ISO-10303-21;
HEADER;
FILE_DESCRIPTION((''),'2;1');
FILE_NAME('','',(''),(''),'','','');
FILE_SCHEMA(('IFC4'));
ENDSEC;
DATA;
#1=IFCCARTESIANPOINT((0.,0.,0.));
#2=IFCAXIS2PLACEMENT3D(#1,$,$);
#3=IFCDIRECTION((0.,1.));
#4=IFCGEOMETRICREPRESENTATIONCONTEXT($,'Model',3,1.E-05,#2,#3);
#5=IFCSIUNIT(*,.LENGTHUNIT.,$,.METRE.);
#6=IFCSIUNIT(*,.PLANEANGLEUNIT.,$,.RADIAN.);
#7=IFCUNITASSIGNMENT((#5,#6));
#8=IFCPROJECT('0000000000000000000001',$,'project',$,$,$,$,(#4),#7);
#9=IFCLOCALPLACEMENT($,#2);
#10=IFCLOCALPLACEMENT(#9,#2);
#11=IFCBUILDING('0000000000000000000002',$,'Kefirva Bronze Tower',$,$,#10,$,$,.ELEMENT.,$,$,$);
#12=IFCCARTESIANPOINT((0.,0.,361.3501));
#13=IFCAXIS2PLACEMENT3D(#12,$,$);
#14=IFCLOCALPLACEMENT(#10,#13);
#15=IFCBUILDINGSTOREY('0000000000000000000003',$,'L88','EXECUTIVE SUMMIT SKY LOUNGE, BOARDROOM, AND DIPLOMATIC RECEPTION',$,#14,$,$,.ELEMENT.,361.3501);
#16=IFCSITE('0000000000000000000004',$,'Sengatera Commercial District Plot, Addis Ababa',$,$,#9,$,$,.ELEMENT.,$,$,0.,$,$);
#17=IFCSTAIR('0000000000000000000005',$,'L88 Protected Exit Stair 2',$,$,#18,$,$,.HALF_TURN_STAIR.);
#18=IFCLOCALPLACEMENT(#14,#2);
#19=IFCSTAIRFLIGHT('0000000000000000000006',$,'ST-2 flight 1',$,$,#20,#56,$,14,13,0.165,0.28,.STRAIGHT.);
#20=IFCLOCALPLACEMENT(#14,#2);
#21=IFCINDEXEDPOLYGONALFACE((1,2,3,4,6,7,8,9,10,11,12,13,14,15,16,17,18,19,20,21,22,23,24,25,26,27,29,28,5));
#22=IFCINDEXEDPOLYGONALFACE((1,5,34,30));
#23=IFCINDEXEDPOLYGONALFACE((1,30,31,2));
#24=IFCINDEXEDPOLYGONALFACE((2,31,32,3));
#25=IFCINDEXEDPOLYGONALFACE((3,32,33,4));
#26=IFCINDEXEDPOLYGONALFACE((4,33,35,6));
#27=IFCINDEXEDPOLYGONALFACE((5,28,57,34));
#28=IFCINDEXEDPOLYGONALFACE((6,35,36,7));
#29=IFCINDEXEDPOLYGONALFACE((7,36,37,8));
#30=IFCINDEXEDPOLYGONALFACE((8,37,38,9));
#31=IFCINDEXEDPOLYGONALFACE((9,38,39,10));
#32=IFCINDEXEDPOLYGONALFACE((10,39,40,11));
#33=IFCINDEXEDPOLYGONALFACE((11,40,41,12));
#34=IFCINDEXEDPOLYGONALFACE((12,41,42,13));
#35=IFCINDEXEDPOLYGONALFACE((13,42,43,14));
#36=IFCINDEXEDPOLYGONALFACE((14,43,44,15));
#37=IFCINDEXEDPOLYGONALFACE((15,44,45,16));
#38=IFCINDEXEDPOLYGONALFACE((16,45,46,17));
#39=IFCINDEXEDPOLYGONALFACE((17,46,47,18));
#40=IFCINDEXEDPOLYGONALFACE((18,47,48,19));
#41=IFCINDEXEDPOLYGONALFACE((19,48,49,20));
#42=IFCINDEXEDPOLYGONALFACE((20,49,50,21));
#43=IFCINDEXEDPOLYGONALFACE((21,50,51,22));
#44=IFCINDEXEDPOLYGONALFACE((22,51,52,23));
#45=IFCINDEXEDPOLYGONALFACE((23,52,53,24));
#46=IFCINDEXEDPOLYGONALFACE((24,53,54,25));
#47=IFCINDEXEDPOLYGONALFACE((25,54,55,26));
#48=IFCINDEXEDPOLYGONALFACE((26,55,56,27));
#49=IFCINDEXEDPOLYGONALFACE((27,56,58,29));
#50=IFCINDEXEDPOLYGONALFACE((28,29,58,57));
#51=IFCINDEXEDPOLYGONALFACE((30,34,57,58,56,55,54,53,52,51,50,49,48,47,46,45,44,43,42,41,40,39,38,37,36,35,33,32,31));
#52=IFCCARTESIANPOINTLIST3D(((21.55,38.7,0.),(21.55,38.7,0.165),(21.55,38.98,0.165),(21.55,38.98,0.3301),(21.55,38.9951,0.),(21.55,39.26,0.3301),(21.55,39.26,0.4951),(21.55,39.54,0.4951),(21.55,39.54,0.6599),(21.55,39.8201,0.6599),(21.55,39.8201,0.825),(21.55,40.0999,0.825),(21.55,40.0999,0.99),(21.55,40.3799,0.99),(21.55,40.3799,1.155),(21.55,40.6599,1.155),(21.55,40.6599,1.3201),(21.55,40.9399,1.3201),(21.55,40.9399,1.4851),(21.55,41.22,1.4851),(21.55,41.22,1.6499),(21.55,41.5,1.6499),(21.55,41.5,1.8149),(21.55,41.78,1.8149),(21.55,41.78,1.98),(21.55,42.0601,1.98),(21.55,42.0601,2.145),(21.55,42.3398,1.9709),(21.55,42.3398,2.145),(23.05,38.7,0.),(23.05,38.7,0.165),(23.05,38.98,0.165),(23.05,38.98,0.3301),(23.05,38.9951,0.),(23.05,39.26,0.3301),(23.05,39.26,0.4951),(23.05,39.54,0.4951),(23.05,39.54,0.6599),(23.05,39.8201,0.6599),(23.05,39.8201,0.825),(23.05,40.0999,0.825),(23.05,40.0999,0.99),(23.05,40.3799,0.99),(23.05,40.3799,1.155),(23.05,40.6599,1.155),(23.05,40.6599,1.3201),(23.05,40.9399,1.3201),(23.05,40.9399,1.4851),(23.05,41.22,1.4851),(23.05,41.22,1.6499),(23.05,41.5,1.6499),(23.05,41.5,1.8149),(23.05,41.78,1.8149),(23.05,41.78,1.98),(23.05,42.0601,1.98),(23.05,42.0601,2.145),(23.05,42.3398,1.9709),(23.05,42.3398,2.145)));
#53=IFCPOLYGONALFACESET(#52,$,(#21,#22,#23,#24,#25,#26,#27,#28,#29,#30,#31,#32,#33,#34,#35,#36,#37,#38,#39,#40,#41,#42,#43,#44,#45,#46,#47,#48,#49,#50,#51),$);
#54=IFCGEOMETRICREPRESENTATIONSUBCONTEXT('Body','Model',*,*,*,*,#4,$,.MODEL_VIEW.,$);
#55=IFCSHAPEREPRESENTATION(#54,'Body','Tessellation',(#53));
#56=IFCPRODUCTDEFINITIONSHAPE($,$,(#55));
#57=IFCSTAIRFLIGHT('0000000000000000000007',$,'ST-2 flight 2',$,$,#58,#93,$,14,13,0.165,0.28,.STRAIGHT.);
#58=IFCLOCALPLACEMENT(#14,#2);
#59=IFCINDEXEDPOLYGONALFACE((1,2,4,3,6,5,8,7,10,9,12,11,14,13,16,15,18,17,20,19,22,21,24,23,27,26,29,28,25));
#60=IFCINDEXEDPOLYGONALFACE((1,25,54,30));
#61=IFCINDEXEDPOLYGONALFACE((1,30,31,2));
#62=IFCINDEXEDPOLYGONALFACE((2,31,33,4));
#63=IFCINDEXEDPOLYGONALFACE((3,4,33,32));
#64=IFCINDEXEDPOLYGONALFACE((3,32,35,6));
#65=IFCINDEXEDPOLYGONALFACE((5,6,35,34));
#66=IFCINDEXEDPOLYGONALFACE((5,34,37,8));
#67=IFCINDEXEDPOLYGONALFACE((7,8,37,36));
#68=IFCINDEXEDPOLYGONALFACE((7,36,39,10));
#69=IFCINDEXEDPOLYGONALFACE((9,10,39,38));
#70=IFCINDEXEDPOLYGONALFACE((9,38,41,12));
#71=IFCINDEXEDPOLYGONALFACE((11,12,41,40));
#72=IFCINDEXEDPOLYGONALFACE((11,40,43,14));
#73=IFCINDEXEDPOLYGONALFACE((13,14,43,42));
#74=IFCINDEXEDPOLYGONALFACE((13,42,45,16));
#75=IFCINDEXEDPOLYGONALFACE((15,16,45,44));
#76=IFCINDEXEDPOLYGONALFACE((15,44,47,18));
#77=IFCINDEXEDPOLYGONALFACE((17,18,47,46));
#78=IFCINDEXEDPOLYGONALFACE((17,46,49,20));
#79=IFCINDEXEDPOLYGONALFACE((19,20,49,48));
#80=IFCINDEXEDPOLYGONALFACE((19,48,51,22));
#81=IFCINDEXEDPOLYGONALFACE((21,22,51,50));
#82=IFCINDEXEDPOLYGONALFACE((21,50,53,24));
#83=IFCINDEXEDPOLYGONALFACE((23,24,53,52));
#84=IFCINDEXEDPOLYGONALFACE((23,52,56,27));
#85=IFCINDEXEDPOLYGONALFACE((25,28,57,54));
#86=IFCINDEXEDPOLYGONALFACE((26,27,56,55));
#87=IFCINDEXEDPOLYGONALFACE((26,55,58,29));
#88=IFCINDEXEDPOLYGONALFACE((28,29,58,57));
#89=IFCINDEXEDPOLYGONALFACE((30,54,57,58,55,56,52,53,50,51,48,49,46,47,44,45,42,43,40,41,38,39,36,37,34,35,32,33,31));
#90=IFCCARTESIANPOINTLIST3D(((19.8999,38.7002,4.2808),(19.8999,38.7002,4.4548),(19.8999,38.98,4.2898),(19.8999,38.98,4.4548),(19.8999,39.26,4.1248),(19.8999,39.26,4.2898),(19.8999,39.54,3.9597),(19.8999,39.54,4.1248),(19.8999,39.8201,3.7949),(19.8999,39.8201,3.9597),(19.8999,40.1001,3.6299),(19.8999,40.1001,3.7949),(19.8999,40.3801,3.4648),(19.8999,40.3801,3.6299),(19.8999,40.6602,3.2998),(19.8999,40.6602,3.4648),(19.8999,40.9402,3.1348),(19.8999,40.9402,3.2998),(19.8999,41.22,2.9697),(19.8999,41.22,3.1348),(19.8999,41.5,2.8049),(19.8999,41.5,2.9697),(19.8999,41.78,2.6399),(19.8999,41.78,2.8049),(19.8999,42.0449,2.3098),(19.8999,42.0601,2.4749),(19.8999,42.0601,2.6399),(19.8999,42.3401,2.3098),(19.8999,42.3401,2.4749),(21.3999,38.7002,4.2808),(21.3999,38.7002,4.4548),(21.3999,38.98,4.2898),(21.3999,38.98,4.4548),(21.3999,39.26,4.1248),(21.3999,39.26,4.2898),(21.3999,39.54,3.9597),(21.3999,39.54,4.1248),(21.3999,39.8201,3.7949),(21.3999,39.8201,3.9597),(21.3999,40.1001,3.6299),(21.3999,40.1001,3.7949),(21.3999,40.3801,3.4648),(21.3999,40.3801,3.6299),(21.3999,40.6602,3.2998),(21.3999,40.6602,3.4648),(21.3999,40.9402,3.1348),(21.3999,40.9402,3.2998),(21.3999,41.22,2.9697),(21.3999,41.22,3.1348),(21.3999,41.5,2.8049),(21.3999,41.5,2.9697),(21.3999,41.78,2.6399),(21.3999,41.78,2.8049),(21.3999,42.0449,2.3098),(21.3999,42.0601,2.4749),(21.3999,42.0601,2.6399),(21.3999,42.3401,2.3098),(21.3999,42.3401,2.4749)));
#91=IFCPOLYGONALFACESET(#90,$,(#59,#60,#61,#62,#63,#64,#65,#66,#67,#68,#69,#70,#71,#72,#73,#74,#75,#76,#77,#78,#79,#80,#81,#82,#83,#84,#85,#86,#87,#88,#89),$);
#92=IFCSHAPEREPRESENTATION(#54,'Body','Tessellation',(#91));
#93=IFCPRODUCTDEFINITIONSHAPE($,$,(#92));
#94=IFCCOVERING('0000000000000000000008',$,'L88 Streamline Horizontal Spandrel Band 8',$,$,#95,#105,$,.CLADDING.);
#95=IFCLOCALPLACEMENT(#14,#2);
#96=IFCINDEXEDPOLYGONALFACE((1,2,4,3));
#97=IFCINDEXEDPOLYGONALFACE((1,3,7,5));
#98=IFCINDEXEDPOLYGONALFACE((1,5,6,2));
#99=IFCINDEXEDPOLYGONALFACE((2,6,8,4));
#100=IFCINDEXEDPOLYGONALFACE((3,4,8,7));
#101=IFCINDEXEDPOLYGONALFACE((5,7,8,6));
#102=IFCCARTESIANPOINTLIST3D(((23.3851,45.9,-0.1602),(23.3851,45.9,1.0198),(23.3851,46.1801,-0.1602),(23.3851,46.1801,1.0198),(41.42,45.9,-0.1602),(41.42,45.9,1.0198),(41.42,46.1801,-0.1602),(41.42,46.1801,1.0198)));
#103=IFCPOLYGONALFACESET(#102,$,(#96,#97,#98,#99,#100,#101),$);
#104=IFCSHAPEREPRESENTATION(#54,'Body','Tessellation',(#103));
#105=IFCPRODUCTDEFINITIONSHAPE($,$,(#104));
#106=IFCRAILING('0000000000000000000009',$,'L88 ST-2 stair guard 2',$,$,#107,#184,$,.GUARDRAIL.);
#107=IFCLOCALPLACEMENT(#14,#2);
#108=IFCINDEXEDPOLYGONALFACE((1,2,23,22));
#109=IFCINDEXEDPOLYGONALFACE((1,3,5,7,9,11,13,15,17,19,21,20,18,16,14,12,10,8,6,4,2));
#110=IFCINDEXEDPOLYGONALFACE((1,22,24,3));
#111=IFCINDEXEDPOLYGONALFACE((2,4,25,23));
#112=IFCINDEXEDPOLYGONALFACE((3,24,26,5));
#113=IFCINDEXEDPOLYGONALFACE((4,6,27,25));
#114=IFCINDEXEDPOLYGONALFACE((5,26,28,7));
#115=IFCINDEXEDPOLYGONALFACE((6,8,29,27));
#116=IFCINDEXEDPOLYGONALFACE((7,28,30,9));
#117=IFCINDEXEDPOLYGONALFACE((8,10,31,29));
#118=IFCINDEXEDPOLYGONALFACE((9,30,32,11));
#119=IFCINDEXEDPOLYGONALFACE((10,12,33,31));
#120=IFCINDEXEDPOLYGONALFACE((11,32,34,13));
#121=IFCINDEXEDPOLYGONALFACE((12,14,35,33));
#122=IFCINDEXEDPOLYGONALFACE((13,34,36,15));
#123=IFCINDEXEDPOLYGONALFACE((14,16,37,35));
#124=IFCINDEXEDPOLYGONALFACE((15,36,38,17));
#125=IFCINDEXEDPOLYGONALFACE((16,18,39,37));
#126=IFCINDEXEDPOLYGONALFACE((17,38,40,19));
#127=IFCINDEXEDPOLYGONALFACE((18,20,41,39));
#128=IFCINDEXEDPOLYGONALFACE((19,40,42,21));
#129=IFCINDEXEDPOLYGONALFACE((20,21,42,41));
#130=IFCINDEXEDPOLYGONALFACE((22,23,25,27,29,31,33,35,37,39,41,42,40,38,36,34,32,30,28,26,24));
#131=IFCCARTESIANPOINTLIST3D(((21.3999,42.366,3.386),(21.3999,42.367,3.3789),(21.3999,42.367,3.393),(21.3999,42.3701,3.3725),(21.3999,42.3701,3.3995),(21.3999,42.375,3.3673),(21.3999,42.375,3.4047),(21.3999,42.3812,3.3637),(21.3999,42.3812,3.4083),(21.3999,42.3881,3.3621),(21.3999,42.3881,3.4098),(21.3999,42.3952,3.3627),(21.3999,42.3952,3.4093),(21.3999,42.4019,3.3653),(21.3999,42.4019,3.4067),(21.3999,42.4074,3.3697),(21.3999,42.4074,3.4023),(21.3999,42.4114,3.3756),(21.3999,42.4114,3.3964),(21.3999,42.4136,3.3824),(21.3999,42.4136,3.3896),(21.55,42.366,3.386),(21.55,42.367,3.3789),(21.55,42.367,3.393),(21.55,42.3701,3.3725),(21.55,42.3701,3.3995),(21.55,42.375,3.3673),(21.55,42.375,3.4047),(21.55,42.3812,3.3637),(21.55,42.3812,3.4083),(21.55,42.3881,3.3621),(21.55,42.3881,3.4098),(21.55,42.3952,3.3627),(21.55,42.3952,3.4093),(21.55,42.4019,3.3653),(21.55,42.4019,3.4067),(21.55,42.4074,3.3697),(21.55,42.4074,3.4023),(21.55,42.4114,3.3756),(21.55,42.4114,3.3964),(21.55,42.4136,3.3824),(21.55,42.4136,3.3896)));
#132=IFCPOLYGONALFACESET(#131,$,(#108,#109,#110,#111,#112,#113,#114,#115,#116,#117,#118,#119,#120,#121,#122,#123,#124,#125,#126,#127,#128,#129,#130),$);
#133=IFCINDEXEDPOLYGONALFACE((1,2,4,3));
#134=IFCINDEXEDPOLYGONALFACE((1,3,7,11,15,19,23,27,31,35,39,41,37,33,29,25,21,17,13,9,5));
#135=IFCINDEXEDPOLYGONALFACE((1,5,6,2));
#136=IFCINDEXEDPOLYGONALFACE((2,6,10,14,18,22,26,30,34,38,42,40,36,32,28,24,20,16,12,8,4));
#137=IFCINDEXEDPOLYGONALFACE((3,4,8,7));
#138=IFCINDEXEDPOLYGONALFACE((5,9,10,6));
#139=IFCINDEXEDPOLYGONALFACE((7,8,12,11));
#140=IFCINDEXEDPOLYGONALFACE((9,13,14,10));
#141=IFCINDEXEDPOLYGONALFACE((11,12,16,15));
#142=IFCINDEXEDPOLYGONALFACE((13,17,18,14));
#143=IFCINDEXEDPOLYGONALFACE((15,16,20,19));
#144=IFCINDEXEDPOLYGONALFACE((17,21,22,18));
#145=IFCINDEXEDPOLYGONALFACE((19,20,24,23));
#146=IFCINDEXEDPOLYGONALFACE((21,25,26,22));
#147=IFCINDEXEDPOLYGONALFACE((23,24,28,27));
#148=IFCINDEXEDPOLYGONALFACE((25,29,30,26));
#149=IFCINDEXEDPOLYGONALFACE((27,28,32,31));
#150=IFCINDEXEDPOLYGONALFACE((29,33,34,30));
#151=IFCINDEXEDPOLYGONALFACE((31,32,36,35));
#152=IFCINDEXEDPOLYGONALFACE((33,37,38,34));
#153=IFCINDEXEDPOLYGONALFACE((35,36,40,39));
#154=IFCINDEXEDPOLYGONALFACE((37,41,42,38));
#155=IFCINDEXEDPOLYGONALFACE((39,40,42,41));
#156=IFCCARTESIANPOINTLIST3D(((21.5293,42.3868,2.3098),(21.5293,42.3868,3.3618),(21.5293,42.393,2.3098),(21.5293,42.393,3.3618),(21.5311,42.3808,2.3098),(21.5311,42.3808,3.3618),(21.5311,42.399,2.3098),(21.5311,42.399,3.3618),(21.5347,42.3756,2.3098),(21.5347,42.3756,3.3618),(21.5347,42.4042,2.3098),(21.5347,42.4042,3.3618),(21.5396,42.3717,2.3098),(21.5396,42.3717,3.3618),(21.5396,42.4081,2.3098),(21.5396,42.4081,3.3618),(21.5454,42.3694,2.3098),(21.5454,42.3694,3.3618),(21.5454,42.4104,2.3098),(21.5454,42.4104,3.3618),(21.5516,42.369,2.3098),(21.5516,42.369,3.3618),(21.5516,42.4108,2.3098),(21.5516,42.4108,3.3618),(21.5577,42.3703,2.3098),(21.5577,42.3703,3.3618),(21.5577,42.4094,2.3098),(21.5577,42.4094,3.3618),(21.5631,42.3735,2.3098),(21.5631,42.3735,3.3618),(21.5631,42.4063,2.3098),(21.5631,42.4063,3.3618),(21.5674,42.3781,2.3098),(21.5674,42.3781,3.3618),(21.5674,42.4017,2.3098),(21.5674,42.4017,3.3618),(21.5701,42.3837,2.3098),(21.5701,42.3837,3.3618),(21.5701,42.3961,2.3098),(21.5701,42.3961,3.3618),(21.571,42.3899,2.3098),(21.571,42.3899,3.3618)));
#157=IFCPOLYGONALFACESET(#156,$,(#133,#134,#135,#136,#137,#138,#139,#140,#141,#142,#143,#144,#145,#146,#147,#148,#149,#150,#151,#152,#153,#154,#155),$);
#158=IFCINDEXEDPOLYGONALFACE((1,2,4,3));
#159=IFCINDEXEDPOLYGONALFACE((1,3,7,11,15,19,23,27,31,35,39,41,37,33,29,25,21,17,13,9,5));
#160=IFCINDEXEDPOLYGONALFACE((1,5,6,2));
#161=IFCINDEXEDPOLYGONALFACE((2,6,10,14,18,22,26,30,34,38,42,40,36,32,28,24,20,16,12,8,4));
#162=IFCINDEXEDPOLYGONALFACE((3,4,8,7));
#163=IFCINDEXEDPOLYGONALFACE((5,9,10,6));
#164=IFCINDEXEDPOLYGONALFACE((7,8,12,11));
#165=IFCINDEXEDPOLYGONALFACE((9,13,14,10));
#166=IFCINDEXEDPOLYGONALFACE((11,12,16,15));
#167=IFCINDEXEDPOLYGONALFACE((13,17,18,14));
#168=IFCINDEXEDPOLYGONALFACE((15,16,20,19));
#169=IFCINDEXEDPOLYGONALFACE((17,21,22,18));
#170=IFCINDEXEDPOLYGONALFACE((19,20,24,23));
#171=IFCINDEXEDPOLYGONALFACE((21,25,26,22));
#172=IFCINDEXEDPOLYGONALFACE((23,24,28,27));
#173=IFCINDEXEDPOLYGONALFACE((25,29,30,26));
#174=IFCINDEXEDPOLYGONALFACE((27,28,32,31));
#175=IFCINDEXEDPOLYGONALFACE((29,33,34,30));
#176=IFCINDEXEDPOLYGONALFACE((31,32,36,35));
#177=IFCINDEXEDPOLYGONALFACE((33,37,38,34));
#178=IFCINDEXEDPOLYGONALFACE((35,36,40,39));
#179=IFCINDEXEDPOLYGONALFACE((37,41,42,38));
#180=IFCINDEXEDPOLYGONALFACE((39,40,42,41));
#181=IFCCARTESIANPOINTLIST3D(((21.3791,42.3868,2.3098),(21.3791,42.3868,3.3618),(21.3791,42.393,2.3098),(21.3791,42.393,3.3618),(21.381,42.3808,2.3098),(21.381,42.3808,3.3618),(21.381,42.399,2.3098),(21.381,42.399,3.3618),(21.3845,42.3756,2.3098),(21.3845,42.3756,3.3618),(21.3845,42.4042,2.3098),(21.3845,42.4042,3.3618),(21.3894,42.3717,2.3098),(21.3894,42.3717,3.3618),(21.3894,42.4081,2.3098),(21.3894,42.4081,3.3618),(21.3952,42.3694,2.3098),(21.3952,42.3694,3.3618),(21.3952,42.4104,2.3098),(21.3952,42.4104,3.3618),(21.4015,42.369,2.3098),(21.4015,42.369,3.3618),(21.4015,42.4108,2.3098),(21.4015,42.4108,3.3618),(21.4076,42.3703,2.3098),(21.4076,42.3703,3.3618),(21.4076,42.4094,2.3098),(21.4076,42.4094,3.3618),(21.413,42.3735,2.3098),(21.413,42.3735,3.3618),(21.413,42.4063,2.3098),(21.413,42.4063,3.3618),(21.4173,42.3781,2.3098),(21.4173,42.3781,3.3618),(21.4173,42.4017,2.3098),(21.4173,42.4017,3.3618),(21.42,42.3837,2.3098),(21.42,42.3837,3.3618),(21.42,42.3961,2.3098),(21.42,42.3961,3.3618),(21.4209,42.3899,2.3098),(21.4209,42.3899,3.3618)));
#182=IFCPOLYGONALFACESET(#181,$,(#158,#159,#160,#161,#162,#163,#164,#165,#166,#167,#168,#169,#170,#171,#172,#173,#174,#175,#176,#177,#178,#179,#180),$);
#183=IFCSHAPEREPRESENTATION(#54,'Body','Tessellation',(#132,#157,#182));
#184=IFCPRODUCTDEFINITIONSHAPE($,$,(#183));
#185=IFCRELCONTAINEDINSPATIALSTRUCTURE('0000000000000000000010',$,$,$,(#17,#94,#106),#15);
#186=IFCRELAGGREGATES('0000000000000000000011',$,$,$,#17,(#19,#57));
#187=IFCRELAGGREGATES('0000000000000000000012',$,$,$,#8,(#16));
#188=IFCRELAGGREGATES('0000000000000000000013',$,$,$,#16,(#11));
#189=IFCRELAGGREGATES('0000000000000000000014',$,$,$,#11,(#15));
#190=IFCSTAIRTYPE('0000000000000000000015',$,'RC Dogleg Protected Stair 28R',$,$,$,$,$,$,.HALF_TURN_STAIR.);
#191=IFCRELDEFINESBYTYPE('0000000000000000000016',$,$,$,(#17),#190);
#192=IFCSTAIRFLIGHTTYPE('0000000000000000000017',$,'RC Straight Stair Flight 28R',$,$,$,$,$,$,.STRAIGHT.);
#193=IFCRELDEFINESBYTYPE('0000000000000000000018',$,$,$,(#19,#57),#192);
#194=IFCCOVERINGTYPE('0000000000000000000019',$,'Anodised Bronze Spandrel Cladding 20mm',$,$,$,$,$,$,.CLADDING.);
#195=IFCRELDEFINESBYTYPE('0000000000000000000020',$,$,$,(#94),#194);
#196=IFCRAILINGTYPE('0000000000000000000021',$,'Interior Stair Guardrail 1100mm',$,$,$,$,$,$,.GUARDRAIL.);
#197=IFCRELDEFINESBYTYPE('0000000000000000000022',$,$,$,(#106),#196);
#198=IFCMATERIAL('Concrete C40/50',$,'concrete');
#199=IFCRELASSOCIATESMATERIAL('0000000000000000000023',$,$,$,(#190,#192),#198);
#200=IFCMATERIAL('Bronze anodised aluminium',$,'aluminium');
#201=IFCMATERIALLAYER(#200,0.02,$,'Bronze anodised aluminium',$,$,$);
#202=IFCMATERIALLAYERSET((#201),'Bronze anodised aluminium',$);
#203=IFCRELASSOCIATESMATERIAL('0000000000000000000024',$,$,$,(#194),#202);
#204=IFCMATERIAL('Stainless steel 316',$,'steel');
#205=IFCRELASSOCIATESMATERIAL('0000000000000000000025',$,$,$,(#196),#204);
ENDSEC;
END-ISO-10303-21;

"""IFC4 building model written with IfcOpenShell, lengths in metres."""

from ifc_helpers import new_model, si_unit, direction, frame, origin, origin_2d, place, context, subcontext, project, spatial, polyline, rectangle, circle, outline, extrude, material, layer, layer_set, type_object, element, aggregate, save


model = new_model("IFC4")

# Units and contexts
model_context = context("Model", 3, precision=1e-05, world=origin(), true_north=direction((0.0, 1.0)))
body_context = subcontext(model_context, "Body", "Model", "MODEL_VIEW")
ifc_project = project(units=[si_unit("LENGTHUNIT", "METRE"), si_unit("PLANEANGLEUNIT", "RADIAN")], contexts=[model_context])

# Site, building, storey
site_placement = place(None, origin())
site = spatial("IfcSite", under=ifc_project, at=site_placement, Name="Sengatera Commercial District Plot, Addis Ababa", CompositionType="ELEMENT", RefElevation=0.0)
building_placement = place(site_placement, origin())
building = spatial("IfcBuilding", under=site, at=building_placement, Name="Kefirva Bronze Tower", CompositionType="ELEMENT")
storey_placement = place(building_placement, frame((0.0, 0.0, 361.3501)))
storey = spatial("IfcBuildingStorey", under=building, at=storey_placement, Name="L88", Description="EXECUTIVE SUMMIT SKY LOUNGE, BOARDROOM, AND DIPLOMATIC RECEPTION", CompositionType="ELEMENT", Elevation=361.3501)

# Shared definitions
ifc_material_1 = material(Name="Bronze anodised aluminium", Category="aluminium")

# Stair, stair flights
ifc_material_2 = material(Name="Concrete C40/50", Category="concrete")
stair_type = type_object("IfcStairType", Name="RC Dogleg Protected Stair 28R", PredefinedType="HALF_TURN_STAIR", material=ifc_material_2)
stair_placement = place(storey_placement, origin())
stair = element("IfcStair", 1, at=stair_placement, inside=storey, type_object=stair_type, Name="L88 Protected Exit Stair 2", PredefinedType="HALF_TURN_STAIR")
stair_flight_type = type_object("IfcStairFlightType", Name="RC Straight Stair Flight 28R", PredefinedType="STRAIGHT", material=ifc_material_2)
stair_flight_1_placement = place(storey_placement, frame((22.3, 38.7, 0.0), z_axis=(0.0, 0.0, 1.0), x_axis=(0.0, 1.0, 0.0)))
stair_flight_1 = element("IfcStairFlight", 2, at=stair_flight_1_placement, type_object=stair_flight_type, Name="ST-2 flight 1", NumberOfRisers=14, NumberOfTreads=13, PredefinedType="STRAIGHT", RiserHeight=0.165, TreadLength=0.28, context=body_context, shape_type="SweptSolid", body=[
    extrude(outline(polyline([(0.0, 0.0), (0.0, 0.165), (0.28, 0.165), (0.28, 0.3301), (0.5601, 0.3301), (0.5601, 0.4951), (0.8401, 0.4951), (0.8401, 0.6599), (1.1201, 0.6599), (1.1201, 0.825), (1.3999, 0.825), (1.3999, 0.99), (1.6799, 0.99), (1.6799, 1.155), (1.96, 1.155), (1.96, 1.3201), (2.24, 1.3201), (2.24, 1.4851), (2.52, 1.4851), (2.52, 1.6499), (2.8, 1.6499), (2.8, 1.8149), (3.0801, 1.8149), (3.0801, 1.98), (3.3601, 1.98), (3.3601, 2.145), (3.6399, 2.145), (3.6399, 2.3101), (3.6399, 1.9709), (0.2952, 0.0), (0.0, 0.0)])), frame((0.0, 0.75, 0.0), z_axis=(0.0, -1.0, 0.0), x_axis=(1.0, 0.0, 0.0)), (0.0, 0.0, 1.0), 1.5),
])
stair_flight_2_placement = place(storey_placement, frame((20.6499, 42.3401, 2.3098), z_axis=(0.0, 0.0, 1.0), x_axis=(0.0, -1.0, 0.0)))
stair_flight_2 = element("IfcStairFlight", 3, at=stair_flight_2_placement, type_object=stair_flight_type, Name="ST-2 flight 2", NumberOfRisers=14, NumberOfTreads=13, PredefinedType="STRAIGHT", RiserHeight=0.165, TreadLength=0.28, context=body_context, shape_type="SweptSolid", body=[
    extrude(outline(polyline([(0.0, 0.0), (0.0, 0.165), (0.28, 0.165), (0.28, 0.3301), (0.5601, 0.3301), (0.5601, 0.4951), (0.8401, 0.4951), (0.8401, 0.6599), (1.1201, 0.6599), (1.1201, 0.825), (1.3999, 0.825), (1.3999, 0.99), (1.6799, 0.99), (1.6799, 1.155), (1.96, 1.155), (1.96, 1.3201), (2.24, 1.3201), (2.24, 1.4851), (2.52, 1.4851), (2.52, 1.6499), (2.8, 1.6499), (2.8, 1.8149), (3.0801, 1.8149), (3.0801, 1.98), (3.3601, 1.98), (3.3601, 2.145), (3.6399, 2.145), (3.6399, 2.3101), (3.6399, 1.9709), (0.2952, 0.0), (0.0, 0.0)])), frame((0.0, 0.75, 0.0), z_axis=(0.0, -1.0, 0.0), x_axis=(1.0, 0.0, 0.0)), (0.0, 0.0, 1.0), 1.5),
])
aggregate(stair, [stair_flight_1, stair_flight_2])

# Covering
ifc_layer_1 = layer(ifc_material_1, 0.02, Name="Bronze anodised aluminium")
ifc_layer_set_1 = layer_set([ifc_layer_1], Name="Bronze anodised aluminium")
covering_type_1 = type_object("IfcCoveringType", Name="Anodised Bronze Spandrel Cladding 20mm", PredefinedType="CLADDING", material=ifc_layer_set_1)
covering_1_placement = place(storey_placement, frame((32.4026, 46.04, -0.1602), z_axis=(0.0, 0.0, 1.0), x_axis=(-1.0, 0.0, 0.0)))
element("IfcCovering", 4, at=covering_1_placement, inside=storey, type_object=covering_type_1, Name="L88 Streamline Horizontal Spandrel Band 8", PredefinedType="CLADDING", context=body_context, shape_type="SweptSolid", body=[
    extrude(rectangle(XDim=18.0349, YDim=0.28, at=origin_2d()), origin(), (0.0, 0.0, 1.0), 1.1799),
])

# Railing
ifc_material_3 = material(Name="Stainless steel 316", Category="steel")
railing_type_1 = type_object("IfcRailingType", Name="Interior Stair Guardrail 1100mm", PredefinedType="GUARDRAIL", material=ifc_material_3)
railing_1_placement = place(storey_placement, frame((21.55, 42.3899, 2.3098)))
element("IfcRailing", 5, at=railing_1_placement, inside=storey, type_object=railing_type_1, Name="L88 ST-2 stair guard 2", PredefinedType="GUARDRAIL", context=body_context, shape_type="SweptSolid", body=[
    extrude(circle(Radius=0.0239, at=origin_2d()), frame((0.0, 0.0, 1.0762), z_axis=(-1.0, 0.0, 0.0), x_axis=(0.0, -1.0, 0.0)), (0.0, 0.0, 1.0), 0.1501),
    extrude(circle(Radius=0.021, at=origin_2d()), origin(), (0.0, 0.0, 1.0), 1.052),
    extrude(circle(Radius=0.021, at=origin_2d()), frame((-0.1501, 0.0, 0.0)), (0.0, 0.0, 1.0), 1.052),
])

save(model, "model.ifc")
